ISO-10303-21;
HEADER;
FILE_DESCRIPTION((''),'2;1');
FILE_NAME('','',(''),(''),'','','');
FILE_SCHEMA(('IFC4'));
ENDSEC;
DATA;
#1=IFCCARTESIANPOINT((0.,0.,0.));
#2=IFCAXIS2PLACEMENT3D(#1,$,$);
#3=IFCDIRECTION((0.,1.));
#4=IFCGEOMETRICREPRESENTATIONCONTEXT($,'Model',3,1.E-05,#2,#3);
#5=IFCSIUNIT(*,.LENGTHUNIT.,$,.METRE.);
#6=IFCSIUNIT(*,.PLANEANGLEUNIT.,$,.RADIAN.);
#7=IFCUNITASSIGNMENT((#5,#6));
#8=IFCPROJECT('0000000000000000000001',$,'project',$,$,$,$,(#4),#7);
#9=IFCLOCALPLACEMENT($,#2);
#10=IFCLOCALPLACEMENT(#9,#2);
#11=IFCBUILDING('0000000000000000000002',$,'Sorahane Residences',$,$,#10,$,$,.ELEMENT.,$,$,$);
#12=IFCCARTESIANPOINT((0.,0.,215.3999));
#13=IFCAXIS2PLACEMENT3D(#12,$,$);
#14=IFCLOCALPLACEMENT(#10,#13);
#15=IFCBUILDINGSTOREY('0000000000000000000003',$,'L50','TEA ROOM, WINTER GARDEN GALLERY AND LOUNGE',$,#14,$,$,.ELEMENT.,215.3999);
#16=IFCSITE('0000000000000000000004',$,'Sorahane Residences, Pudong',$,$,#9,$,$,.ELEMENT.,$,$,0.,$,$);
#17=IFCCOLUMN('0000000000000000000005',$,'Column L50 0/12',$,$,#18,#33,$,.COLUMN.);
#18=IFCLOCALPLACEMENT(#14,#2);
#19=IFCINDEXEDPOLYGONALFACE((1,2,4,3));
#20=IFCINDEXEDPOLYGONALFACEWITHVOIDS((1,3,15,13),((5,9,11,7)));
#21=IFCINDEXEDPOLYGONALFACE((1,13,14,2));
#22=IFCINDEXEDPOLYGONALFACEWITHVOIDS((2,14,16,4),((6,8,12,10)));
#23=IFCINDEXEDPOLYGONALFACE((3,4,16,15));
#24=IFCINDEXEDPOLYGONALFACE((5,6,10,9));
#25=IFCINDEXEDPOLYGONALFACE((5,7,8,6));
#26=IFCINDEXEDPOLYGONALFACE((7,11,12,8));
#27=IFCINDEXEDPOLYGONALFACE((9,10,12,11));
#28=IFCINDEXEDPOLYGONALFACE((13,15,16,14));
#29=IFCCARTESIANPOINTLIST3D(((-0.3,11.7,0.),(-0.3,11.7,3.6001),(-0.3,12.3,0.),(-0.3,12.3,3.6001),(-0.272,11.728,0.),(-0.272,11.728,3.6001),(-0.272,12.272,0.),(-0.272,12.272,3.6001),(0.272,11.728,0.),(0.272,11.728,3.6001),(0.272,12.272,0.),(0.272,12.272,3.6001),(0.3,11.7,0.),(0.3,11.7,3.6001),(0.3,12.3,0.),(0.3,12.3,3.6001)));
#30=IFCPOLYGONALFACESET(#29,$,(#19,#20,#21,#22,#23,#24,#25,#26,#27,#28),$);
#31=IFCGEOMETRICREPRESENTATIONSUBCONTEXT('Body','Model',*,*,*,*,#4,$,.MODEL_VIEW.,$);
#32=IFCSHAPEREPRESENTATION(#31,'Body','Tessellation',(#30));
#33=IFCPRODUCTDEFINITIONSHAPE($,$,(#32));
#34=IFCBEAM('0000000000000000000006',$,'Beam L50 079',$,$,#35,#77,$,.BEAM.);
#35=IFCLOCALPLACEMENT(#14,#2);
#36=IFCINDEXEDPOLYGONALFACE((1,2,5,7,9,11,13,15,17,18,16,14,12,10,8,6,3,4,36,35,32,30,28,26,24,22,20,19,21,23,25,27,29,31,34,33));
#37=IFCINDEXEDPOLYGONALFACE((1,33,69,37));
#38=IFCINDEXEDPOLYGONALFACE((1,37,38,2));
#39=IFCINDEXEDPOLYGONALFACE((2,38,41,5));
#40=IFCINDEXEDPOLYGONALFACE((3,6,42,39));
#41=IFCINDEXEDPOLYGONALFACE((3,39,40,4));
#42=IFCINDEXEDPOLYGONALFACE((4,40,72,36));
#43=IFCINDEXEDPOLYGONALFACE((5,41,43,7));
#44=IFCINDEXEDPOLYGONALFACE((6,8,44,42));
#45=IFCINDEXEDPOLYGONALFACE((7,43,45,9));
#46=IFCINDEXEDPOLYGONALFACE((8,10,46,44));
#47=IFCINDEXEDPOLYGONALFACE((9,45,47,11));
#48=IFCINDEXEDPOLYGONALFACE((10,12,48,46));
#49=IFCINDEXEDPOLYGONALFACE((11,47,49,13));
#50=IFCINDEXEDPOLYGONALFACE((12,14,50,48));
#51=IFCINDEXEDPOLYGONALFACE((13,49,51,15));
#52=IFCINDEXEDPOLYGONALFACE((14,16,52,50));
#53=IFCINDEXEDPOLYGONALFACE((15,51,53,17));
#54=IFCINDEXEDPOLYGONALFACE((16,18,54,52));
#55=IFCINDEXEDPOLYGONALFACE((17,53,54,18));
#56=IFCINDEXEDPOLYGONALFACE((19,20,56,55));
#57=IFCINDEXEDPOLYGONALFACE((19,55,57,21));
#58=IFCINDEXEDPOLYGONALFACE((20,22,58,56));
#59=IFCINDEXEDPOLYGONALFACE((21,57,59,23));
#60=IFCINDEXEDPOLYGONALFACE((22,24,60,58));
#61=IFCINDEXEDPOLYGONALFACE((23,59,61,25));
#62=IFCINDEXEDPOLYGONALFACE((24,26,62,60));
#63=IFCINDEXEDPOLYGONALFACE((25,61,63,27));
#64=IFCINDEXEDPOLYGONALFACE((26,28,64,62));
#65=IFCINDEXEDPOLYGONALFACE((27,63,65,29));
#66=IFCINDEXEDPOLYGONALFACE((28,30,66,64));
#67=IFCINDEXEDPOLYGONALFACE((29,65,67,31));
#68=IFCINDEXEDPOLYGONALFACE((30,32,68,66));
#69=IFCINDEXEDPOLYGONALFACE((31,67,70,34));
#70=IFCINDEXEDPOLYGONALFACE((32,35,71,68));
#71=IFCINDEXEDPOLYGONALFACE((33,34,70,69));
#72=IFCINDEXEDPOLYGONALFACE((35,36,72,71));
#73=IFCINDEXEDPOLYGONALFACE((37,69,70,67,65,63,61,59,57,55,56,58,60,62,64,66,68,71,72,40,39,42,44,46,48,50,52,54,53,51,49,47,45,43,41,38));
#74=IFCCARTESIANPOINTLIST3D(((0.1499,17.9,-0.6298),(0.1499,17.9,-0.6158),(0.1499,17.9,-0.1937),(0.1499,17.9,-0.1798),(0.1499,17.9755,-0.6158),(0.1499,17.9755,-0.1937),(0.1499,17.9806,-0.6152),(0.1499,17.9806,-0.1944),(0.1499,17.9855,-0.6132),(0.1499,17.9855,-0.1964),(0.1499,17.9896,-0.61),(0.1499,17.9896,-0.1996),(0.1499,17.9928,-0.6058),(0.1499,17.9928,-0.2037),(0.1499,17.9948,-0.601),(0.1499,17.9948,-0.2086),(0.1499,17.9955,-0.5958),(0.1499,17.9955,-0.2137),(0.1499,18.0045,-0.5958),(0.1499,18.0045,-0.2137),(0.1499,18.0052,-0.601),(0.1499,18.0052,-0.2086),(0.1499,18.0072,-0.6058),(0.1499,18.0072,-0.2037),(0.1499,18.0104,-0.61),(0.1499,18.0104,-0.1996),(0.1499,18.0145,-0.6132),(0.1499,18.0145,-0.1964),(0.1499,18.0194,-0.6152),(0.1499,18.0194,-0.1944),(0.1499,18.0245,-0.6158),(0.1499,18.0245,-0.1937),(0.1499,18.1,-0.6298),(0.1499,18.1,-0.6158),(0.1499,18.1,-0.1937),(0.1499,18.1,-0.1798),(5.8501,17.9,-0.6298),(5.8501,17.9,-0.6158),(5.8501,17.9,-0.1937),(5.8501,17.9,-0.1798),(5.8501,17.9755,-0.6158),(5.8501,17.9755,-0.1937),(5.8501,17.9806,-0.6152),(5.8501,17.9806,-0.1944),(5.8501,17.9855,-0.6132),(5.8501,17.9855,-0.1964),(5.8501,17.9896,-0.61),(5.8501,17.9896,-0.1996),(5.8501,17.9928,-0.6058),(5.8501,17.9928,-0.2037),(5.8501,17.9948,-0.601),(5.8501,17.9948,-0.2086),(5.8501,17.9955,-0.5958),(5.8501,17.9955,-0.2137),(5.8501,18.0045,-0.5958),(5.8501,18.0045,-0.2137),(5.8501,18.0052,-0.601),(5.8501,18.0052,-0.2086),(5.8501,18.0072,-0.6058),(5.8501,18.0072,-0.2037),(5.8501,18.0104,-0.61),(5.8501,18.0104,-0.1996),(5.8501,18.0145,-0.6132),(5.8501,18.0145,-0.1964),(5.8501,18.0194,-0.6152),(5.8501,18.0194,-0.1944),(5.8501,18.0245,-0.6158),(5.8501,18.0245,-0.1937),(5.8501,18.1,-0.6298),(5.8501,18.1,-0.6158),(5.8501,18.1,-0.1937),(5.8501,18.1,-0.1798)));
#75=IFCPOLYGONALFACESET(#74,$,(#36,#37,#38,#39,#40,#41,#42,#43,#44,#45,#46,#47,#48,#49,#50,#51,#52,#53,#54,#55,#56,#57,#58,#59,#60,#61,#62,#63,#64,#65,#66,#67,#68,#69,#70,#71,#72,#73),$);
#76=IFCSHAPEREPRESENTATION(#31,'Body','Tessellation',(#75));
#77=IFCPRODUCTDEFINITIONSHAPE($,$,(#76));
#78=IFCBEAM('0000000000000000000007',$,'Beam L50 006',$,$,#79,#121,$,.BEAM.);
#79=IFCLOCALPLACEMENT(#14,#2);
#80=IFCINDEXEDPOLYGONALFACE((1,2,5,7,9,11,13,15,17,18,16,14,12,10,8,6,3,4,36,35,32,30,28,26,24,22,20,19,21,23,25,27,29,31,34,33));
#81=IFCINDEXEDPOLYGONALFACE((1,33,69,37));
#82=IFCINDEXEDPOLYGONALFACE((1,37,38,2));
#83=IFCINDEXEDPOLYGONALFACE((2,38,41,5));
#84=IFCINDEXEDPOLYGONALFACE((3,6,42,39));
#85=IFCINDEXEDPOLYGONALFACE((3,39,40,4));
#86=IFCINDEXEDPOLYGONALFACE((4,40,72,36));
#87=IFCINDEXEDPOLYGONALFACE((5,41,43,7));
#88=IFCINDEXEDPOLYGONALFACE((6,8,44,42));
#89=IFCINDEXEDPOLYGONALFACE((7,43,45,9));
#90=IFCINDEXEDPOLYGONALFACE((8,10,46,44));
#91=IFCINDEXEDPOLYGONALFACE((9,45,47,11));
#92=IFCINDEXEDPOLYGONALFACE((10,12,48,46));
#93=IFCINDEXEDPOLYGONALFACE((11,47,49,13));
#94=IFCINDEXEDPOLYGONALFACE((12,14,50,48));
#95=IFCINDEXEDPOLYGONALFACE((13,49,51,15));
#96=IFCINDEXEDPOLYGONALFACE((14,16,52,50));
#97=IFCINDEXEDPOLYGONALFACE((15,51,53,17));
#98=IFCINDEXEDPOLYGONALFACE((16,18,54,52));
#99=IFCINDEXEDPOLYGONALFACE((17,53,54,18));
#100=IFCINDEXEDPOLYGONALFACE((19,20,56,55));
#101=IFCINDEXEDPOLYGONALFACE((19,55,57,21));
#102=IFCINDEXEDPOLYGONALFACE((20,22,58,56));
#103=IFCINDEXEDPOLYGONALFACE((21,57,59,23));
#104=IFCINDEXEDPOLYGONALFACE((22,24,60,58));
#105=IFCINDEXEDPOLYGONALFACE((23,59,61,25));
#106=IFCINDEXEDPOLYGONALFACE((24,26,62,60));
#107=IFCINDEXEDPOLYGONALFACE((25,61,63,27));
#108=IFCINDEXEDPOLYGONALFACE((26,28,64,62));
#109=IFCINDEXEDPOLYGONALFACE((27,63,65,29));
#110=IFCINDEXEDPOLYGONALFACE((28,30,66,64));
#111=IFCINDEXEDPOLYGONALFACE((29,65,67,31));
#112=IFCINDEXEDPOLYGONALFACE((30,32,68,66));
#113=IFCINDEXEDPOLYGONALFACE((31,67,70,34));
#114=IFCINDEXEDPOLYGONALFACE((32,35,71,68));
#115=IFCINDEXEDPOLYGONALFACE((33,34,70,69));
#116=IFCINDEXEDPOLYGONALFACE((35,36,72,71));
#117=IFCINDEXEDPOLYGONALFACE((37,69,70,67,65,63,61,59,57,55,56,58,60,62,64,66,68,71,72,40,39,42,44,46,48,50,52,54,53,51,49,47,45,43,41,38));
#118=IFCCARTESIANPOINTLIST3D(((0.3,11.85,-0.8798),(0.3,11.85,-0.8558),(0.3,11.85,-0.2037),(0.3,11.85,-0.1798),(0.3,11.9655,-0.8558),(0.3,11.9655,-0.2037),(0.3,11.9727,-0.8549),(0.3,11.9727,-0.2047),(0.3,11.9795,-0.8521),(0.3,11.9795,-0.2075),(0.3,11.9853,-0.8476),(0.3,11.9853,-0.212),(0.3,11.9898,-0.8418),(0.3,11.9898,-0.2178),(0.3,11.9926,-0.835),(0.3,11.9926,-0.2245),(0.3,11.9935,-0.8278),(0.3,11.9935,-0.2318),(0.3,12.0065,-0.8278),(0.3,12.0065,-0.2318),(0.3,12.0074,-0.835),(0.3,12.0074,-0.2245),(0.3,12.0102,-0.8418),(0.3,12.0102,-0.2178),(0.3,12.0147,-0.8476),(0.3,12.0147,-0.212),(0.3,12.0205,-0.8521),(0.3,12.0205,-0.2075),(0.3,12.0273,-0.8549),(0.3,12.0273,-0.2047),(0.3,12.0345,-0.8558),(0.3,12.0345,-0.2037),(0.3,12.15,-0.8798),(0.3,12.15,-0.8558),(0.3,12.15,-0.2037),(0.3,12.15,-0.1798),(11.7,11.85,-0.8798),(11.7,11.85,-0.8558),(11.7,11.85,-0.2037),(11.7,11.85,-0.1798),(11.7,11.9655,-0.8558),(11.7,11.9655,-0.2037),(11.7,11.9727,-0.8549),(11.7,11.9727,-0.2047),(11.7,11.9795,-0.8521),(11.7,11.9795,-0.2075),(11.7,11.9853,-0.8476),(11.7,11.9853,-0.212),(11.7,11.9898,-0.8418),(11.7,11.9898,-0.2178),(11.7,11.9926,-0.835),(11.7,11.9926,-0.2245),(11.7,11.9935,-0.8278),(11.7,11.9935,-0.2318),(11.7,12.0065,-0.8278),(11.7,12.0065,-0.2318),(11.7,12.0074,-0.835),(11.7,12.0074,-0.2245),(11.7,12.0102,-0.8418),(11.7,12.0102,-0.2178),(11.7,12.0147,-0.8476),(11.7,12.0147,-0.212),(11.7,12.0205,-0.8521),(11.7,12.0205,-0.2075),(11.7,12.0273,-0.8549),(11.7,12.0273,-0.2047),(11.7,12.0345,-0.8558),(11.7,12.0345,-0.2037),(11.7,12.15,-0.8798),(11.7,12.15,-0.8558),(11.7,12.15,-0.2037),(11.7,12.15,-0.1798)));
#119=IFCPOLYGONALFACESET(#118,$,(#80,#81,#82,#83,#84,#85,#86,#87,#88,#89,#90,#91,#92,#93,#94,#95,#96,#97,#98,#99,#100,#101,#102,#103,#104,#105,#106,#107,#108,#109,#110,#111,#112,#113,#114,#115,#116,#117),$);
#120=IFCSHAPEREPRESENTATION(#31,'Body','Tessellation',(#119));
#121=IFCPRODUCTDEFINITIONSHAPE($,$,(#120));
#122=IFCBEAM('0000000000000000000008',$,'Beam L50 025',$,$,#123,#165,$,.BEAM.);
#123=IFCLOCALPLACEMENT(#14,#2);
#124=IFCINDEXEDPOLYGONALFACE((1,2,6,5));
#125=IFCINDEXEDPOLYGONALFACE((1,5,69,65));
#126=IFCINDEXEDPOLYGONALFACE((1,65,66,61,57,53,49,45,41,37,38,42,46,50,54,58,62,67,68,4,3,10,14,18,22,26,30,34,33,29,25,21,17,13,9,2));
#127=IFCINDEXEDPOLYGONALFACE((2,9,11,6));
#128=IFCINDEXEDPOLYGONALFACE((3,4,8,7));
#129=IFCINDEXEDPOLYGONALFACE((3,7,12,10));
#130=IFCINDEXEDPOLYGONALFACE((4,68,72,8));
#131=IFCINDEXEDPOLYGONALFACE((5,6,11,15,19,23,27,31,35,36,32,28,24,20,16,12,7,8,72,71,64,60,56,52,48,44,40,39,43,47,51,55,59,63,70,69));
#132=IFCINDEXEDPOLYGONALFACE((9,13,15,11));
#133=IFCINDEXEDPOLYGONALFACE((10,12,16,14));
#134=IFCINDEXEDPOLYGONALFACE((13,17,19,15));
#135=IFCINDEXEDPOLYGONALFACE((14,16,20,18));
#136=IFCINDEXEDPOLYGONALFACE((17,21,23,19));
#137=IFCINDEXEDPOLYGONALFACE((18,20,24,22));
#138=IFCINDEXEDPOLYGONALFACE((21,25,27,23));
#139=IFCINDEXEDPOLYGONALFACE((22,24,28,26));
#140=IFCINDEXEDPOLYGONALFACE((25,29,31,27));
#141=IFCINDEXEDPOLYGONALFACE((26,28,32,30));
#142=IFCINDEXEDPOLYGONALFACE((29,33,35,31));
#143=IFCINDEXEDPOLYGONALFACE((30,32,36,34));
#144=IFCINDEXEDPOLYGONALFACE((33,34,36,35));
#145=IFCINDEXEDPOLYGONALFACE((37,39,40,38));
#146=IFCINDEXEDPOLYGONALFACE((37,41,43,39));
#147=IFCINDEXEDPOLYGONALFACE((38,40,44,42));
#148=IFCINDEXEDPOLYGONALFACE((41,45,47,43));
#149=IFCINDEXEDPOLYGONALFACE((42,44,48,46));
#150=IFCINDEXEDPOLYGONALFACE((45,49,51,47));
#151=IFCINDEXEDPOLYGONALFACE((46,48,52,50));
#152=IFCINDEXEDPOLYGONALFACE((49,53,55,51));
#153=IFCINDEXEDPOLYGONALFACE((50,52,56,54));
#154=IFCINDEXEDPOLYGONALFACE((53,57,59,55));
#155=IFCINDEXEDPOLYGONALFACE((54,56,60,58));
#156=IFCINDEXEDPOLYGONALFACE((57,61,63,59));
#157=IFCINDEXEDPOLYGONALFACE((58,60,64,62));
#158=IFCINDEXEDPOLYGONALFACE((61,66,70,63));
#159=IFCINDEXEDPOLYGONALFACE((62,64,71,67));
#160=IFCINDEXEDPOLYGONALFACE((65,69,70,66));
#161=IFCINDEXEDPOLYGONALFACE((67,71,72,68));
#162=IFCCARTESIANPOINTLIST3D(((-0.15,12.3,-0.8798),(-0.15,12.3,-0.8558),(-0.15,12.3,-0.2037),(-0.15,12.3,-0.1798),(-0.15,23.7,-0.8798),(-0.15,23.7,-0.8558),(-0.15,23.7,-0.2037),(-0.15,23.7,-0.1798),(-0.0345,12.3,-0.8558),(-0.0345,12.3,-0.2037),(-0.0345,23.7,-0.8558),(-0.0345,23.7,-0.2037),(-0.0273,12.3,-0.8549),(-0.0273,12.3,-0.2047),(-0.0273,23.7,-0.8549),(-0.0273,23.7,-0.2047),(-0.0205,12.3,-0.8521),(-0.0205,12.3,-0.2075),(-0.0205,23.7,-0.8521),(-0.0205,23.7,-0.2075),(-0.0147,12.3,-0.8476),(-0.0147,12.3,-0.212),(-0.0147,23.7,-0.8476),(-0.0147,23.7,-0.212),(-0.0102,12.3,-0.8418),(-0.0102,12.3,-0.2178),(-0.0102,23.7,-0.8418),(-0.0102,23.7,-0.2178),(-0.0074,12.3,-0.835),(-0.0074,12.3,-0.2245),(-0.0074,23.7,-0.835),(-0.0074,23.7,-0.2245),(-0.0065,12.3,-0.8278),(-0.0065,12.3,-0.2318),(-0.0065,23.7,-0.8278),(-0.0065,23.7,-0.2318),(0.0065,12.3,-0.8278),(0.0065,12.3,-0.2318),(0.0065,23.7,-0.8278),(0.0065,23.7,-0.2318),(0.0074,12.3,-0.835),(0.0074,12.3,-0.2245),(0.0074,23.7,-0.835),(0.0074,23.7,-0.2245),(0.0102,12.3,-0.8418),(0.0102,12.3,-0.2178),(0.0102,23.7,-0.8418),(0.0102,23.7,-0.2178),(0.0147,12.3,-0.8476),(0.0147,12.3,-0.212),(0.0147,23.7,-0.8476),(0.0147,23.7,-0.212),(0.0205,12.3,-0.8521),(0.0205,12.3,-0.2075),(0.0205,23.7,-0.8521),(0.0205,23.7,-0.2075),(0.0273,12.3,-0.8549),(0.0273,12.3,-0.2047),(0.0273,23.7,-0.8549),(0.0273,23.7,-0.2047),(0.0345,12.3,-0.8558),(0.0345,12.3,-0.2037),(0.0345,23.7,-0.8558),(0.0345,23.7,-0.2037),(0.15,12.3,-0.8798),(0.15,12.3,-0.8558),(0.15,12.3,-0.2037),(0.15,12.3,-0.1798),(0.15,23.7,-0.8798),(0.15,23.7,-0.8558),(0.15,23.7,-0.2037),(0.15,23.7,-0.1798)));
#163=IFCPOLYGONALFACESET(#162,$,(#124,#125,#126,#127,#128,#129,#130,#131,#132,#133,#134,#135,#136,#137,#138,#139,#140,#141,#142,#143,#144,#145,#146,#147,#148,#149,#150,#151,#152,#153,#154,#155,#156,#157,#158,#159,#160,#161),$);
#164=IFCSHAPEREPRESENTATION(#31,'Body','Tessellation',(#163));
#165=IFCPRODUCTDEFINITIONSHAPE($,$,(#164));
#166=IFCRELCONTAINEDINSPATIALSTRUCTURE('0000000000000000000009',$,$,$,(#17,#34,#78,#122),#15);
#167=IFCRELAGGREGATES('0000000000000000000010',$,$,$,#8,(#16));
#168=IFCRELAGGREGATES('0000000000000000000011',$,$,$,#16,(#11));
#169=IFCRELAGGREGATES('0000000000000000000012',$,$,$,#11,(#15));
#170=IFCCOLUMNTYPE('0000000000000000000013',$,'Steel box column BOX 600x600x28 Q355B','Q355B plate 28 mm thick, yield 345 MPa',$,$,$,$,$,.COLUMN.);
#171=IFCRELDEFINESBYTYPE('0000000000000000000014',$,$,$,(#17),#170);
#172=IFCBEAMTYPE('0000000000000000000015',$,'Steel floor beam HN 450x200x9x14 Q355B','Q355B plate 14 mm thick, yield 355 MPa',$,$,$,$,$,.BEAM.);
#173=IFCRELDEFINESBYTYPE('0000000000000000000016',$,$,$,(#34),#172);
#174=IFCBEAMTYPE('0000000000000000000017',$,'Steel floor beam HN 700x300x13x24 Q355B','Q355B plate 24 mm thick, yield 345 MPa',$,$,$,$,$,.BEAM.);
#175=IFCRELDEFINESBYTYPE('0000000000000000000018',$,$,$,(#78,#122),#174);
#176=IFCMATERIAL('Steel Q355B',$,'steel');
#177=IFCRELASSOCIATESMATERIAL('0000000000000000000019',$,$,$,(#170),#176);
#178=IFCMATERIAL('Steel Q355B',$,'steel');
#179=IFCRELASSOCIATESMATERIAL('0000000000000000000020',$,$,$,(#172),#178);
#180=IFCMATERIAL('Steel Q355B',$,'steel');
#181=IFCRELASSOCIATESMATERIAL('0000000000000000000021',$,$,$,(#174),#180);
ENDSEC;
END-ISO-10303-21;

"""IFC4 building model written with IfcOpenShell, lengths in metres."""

from ifc_helpers import new_model, si_unit, direction, frame, origin, origin_2d, place, context, subcontext, project, spatial, hollow_rectangle, i_section, extrude, material, material_profile, profile_set, type_object, element, save


model = new_model("IFC4")

# Units and contexts
model_context = context("Model", 3, precision=1e-05, world=origin(), true_north=direction((0.0, 1.0)))
body_context = subcontext(model_context, "Body", "Model", "MODEL_VIEW")
ifc_project = project(units=[si_unit("LENGTHUNIT", "METRE"), si_unit("PLANEANGLEUNIT", "RADIAN")], contexts=[model_context])

# Site, building, storey
site_placement = place(None, origin())
site = spatial("IfcSite", under=ifc_project, at=site_placement, Name="Sorahane Residences, Pudong", CompositionType="ELEMENT", RefElevation=0.0)
building_placement = place(site_placement, origin())
building = spatial("IfcBuilding", under=site, at=building_placement, Name="Sorahane Residences", CompositionType="ELEMENT")
storey_placement = place(building_placement, frame((0.0, 0.0, 215.3999)))
storey = spatial("IfcBuildingStorey", under=building, at=storey_placement, Name="L50", Description="TEA ROOM, WINTER GARDEN GALLERY AND LOUNGE", CompositionType="ELEMENT", Elevation=215.3999)

# Column
ifc_material_1 = material(Name="Steel Q355B", Category="steel")
ifc_material_profile_1 = material_profile(ifc_material_1, hollow_rectangle(XDim=0.6001, YDim=0.6001, WallThickness=0.0281, at=origin_2d()), Name="BOX 600x600x28")
ifc_profile_set_1 = profile_set([ifc_material_profile_1], Name="Steel Q355B")
column_type = type_object("IfcColumnType", Name="Steel box column BOX 600x600x28 Q355B", Description="Q355B plate 28 mm thick, yield 345 MPa", PredefinedType="COLUMN", material=ifc_profile_set_1)
column_placement = place(storey_placement, frame((0.0, 12.0, 0.0), z_axis=(0.0, 0.0, 1.0), x_axis=(1.0, 0.0, 0.0)))
element("IfcColumn", 1, at=column_placement, inside=storey, type_object=column_type, Name="Column L50 0/12", PredefinedType="COLUMN", context=body_context, shape_type="SweptSolid", body=[
    extrude(hollow_rectangle(XDim=0.6001, YDim=0.6001, WallThickness=0.0281, at=origin_2d()), origin(), (0.0, 0.0, 1.0), 3.6001),
])

# Beams
ifc_material_2 = material(Name="Steel Q355B", Category="steel")
ifc_material_profile_2 = material_profile(ifc_material_2, i_section(OverallWidth=0.2, OverallDepth=0.45, WebThickness=0.009, FlangeThickness=0.0139, FilletRadius=0.02, at=origin_2d()), Name="HN 450x200x9x14")
ifc_profile_set_2 = profile_set([ifc_material_profile_2], Name="Steel Q355B")
beam_type_1 = type_object("IfcBeamType", Name="Steel floor beam HN 450x200x9x14 Q355B", Description="Q355B plate 14 mm thick, yield 355 MPa", PredefinedType="BEAM", material=ifc_profile_set_2)
beam_placement = place(storey_placement, frame((0.1499, 18.0, -0.4048), z_axis=(1.0, 0.0, 0.0), x_axis=(0.0, 1.0, 0.0)))
element("IfcBeam", 2, at=beam_placement, inside=storey, type_object=beam_type_1, Name="Beam L50 079", PredefinedType="BEAM", context=body_context, shape_type="SweptSolid", body=[
    extrude(i_section(OverallWidth=0.2, OverallDepth=0.45, WebThickness=0.009, FlangeThickness=0.0139, FilletRadius=0.02, at=origin_2d()), origin(), (0.0, 0.0, 1.0), 5.7002),
])
ifc_material_3 = material(Name="Steel Q355B", Category="steel")
ifc_material_profile_3 = material_profile(ifc_material_3, i_section(OverallWidth=0.3, OverallDepth=0.7, WebThickness=0.0129, FlangeThickness=0.0239, FilletRadius=0.0281, at=origin_2d()), Name="HN 700x300x13x24")
ifc_profile_set_3 = profile_set([ifc_material_profile_3], Name="Steel Q355B")
beam_type_2 = type_object("IfcBeamType", Name="Steel floor beam HN 700x300x13x24 Q355B", Description="Q355B plate 24 mm thick, yield 345 MPa", PredefinedType="BEAM", material=ifc_profile_set_3)
for number, where, z_axis, x_axis, name in (
    (3, (0.3, 12.0, -0.5298), (1.0, 0.0, 0.0), (0.0, 1.0, 0.0), "Beam L50 006"),
    (4, (0.0, 12.3, -0.5298), (0.0, 1.0, 0.0), (-1.0, 0.0, 0.0), "Beam L50 025"),
):
    element("IfcBeam", number, at=place(storey_placement, frame(where, z_axis=z_axis, x_axis=x_axis)), inside=storey, type_object=beam_type_2, Name=name, PredefinedType="BEAM", context=body_context, shape_type="SweptSolid", body=[
        extrude(i_section(OverallWidth=0.3, OverallDepth=0.7, WebThickness=0.0129, FlangeThickness=0.0239, FilletRadius=0.0281, at=origin_2d()), origin(), (0.0, 0.0, 1.0), 11.3999),
    ])

save(model, "model.ifc")
